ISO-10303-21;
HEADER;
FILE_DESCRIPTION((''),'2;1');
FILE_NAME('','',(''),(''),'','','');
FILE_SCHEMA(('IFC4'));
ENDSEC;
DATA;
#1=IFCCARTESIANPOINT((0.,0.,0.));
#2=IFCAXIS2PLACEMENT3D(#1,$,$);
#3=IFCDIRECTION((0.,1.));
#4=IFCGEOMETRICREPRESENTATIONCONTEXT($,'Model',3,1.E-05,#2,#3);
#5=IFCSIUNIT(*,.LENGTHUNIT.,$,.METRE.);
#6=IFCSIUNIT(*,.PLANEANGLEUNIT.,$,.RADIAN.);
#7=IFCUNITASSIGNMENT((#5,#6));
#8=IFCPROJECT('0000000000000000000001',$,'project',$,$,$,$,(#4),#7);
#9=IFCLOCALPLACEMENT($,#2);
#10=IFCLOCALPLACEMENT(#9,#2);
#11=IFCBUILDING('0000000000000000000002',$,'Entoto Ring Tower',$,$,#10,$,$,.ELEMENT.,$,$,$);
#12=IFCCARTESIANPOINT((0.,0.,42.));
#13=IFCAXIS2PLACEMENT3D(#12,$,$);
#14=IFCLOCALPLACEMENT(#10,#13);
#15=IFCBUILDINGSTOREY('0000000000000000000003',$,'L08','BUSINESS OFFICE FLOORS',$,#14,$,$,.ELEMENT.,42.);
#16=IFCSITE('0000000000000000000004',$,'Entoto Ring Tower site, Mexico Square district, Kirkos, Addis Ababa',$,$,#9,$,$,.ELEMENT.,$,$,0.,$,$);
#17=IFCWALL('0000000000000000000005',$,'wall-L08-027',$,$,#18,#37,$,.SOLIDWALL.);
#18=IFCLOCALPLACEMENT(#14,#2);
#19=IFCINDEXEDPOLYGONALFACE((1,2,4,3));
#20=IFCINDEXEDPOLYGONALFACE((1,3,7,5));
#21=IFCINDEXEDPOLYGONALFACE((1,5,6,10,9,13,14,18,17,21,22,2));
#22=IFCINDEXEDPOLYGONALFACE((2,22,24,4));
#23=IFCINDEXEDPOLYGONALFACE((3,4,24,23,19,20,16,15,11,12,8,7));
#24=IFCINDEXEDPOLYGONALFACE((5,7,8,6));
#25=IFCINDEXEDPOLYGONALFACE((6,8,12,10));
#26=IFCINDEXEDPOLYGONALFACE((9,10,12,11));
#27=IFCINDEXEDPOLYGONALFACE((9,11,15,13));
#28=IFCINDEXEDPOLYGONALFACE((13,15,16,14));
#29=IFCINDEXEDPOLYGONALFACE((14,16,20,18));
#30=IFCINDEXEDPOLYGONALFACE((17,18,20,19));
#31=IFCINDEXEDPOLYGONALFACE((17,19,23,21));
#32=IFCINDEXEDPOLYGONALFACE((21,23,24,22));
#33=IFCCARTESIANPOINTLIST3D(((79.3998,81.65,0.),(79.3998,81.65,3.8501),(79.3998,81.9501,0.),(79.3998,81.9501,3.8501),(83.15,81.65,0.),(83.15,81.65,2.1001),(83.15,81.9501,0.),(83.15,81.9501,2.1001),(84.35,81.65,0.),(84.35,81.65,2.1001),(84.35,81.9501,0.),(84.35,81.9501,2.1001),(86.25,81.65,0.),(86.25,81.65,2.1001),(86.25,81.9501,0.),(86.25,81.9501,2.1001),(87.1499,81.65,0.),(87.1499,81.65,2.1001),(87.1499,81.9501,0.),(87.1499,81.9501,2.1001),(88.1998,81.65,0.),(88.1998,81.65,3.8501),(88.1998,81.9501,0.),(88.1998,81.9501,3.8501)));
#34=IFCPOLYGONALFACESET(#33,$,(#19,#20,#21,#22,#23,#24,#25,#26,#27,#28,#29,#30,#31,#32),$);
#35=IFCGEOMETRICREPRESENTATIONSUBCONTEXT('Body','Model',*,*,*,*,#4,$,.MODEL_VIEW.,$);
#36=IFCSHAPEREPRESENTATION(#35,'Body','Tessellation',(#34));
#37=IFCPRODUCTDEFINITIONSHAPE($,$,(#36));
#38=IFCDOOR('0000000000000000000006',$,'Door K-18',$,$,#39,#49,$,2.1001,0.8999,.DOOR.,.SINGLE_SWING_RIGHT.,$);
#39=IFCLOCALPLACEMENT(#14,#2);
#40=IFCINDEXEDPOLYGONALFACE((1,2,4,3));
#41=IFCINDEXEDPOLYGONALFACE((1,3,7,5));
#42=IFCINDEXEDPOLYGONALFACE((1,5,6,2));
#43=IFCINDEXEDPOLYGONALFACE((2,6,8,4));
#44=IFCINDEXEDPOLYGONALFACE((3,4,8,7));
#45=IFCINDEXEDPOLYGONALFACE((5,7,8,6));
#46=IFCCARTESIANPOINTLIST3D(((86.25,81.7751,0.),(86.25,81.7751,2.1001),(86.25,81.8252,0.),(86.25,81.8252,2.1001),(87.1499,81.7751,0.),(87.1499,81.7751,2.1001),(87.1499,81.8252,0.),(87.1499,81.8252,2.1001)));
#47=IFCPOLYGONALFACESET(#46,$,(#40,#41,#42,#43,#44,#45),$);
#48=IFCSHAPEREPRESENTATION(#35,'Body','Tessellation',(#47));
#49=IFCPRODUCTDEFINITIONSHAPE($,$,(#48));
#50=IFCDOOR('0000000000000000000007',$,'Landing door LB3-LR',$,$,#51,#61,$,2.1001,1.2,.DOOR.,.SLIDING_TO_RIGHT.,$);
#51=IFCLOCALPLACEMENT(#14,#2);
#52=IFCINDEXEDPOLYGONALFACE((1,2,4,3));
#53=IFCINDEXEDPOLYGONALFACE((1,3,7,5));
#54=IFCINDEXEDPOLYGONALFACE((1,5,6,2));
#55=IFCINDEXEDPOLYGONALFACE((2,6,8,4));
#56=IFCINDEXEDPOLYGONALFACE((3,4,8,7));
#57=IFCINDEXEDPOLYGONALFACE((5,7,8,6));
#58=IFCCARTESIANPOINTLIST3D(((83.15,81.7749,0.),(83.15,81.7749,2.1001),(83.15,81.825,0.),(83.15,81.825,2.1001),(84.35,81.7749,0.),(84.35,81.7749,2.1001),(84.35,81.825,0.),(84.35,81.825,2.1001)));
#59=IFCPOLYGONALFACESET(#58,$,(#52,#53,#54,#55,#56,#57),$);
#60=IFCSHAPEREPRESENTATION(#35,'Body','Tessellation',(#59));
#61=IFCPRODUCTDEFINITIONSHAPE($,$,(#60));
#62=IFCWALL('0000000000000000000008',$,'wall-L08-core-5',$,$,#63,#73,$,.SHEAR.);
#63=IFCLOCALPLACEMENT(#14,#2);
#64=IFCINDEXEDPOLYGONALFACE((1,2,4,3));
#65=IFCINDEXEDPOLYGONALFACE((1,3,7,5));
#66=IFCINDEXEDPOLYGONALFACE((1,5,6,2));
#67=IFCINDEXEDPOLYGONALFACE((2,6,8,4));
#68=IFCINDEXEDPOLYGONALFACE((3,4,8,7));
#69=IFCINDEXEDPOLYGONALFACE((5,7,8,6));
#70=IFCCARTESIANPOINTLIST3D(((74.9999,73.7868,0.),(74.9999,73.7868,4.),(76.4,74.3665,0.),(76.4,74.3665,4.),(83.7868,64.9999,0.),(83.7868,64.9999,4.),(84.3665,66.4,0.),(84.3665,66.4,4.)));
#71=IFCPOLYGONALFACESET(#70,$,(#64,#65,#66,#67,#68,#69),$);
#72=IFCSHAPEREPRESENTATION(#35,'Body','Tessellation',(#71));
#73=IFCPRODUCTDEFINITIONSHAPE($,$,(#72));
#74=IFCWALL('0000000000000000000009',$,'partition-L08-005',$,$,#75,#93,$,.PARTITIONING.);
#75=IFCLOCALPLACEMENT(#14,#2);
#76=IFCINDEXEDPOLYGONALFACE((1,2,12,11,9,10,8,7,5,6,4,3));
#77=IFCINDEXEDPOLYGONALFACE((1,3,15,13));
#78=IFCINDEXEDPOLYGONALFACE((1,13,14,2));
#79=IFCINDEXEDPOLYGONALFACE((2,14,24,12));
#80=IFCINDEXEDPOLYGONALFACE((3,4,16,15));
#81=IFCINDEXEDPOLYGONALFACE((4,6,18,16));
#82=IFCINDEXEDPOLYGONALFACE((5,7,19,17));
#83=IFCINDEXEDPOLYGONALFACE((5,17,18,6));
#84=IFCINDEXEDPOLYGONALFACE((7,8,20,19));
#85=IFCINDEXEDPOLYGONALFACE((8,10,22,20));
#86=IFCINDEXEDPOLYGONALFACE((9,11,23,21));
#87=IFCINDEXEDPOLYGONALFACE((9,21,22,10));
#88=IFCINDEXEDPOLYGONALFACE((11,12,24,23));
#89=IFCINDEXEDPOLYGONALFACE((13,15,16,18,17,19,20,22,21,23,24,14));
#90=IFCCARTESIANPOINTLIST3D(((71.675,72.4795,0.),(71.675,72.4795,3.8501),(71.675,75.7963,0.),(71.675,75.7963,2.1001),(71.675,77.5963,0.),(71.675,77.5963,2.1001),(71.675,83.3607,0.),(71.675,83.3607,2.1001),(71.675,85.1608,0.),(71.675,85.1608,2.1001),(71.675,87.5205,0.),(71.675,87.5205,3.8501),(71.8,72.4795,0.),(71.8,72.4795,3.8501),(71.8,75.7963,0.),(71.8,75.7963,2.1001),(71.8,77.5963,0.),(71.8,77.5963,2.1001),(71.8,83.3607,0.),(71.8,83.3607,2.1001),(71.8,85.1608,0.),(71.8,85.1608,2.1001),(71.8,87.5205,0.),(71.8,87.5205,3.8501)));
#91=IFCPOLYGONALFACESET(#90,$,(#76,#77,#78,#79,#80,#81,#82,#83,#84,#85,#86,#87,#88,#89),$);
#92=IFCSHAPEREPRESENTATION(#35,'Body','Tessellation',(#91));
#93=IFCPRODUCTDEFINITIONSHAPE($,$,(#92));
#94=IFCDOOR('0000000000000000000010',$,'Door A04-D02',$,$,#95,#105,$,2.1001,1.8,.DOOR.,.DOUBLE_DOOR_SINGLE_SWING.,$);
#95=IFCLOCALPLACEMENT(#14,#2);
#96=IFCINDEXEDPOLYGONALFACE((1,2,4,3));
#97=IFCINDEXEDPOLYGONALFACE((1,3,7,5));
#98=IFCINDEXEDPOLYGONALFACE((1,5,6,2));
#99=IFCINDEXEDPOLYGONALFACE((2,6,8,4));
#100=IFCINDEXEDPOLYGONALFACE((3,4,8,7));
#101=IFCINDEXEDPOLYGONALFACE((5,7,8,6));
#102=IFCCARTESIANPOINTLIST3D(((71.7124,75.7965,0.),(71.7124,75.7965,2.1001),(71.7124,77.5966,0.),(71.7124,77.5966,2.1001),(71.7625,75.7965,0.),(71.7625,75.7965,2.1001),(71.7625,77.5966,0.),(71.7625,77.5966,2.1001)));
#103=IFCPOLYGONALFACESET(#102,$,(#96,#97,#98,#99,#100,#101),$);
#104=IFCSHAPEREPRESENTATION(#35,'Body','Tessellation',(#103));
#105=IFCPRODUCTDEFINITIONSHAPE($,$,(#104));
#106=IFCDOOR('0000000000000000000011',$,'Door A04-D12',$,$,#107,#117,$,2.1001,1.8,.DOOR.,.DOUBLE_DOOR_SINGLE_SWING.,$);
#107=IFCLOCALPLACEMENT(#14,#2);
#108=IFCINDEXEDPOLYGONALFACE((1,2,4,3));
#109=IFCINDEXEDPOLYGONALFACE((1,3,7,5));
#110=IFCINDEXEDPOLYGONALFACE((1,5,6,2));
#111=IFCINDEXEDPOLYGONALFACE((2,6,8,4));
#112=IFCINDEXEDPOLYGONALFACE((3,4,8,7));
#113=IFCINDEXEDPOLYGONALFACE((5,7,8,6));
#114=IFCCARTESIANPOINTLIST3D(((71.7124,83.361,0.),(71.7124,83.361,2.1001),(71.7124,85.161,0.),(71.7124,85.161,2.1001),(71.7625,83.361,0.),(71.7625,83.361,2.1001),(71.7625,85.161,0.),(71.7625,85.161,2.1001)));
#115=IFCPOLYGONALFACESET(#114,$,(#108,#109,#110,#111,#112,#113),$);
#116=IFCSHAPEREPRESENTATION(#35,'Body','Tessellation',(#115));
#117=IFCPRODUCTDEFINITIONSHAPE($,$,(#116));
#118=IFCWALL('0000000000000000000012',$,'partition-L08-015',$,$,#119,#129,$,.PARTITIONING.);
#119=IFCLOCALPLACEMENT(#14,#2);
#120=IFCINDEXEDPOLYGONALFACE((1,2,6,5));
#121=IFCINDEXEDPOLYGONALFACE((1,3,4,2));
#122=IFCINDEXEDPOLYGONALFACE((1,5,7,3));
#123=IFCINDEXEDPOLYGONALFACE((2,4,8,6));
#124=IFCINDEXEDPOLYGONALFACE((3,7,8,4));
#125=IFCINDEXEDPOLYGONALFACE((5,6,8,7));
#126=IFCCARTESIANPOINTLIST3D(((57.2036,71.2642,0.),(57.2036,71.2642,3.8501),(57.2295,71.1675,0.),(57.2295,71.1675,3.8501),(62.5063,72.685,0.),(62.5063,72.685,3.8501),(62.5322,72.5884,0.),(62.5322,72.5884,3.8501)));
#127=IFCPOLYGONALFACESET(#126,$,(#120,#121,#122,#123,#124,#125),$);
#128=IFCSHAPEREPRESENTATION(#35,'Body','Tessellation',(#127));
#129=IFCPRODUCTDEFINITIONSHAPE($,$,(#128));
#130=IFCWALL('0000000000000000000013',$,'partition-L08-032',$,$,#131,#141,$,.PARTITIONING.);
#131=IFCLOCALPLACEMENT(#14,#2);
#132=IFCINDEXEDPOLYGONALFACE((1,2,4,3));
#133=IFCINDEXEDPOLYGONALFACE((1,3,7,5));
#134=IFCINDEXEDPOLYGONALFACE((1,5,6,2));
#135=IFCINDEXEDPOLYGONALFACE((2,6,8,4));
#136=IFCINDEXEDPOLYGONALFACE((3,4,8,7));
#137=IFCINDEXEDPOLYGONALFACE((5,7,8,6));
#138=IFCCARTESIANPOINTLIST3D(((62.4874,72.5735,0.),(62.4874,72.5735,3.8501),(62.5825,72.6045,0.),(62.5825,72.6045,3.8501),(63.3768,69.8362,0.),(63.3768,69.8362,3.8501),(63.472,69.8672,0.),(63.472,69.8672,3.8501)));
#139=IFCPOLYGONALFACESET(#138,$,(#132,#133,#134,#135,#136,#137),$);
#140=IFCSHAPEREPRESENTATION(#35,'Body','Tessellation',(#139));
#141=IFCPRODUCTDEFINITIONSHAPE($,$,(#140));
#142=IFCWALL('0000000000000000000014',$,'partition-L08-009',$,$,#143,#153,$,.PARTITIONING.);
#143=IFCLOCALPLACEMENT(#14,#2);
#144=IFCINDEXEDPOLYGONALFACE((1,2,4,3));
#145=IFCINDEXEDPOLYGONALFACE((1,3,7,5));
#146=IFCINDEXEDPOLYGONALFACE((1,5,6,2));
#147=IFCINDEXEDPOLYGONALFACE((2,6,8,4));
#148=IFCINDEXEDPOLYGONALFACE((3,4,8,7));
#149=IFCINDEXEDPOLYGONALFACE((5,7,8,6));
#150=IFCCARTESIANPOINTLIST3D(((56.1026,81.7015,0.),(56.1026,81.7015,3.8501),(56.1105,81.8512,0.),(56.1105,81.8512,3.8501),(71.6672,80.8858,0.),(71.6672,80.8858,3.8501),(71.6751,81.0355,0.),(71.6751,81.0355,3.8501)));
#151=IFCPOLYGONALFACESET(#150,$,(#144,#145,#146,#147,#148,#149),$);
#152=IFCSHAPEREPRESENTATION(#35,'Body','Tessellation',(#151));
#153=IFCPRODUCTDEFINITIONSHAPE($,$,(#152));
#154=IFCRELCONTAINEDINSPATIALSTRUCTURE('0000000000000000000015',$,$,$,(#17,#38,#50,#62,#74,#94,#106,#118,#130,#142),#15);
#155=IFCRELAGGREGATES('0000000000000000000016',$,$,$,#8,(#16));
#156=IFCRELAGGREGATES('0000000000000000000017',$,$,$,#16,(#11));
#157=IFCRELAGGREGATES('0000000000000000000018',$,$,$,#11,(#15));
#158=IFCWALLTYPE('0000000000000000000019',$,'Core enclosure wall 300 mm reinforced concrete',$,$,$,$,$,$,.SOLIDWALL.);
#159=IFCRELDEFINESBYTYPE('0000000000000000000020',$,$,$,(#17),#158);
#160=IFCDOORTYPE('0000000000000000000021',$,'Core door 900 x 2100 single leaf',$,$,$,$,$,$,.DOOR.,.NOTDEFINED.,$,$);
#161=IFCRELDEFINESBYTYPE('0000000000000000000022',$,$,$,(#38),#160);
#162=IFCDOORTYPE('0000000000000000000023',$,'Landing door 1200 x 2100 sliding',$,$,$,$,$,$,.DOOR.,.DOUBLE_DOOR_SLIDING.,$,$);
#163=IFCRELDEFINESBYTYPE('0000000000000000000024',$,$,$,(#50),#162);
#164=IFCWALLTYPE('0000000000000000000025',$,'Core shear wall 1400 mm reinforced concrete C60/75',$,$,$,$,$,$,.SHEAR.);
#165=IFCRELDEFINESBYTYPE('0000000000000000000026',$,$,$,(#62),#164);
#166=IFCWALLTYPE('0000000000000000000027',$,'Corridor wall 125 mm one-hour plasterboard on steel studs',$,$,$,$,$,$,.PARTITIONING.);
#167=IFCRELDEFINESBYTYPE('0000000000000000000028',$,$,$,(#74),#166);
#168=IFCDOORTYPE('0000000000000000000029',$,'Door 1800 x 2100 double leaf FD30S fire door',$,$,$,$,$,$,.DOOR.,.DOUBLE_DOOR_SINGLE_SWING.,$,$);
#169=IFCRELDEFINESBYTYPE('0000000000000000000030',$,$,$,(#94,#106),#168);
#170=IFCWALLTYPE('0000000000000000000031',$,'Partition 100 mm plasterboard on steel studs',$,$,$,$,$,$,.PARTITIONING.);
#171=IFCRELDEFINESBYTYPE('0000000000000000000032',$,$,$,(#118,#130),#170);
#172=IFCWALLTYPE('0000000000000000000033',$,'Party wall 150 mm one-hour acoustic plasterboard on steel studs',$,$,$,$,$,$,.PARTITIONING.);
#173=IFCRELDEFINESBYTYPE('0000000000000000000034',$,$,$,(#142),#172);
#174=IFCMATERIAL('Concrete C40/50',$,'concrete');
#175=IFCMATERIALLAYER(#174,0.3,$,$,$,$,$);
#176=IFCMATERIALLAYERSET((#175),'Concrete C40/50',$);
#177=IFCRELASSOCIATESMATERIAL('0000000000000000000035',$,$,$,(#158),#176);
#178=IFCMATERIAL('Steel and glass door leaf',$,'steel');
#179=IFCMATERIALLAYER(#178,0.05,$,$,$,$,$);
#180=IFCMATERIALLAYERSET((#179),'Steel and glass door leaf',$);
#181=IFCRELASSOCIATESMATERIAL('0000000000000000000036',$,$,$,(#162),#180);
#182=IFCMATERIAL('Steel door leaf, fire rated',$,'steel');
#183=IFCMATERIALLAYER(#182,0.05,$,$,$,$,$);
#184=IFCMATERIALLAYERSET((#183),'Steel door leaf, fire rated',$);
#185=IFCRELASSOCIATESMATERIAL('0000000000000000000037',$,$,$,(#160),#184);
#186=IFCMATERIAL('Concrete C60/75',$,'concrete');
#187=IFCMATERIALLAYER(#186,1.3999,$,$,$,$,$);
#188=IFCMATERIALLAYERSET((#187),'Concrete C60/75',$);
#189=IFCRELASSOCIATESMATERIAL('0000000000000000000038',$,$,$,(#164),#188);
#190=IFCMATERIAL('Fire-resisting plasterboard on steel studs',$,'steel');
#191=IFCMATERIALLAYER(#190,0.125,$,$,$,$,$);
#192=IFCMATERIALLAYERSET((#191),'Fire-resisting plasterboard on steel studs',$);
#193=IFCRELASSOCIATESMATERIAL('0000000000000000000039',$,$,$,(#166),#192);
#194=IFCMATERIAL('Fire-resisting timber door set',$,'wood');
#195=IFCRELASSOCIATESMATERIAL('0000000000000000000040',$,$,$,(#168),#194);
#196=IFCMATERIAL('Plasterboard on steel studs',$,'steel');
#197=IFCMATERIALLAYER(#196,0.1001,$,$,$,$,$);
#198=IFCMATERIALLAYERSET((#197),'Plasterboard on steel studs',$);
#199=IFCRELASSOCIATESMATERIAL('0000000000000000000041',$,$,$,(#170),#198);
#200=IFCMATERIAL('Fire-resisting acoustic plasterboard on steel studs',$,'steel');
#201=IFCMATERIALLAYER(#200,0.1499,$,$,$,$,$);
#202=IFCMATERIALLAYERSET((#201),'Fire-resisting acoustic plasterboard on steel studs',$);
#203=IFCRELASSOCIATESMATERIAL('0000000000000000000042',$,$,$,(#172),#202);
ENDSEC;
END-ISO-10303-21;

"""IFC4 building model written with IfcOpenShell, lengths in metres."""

from ifc_helpers import new_model, si_unit, direction, frame, frame_2d, origin, place, context, subcontext, project, spatial, polyline, rectangle, outline, extrude, material, layer, layer_set, type_object, element, fill, save


model = new_model("IFC4")

# Units and contexts
model_context = context("Model", 3, precision=1e-05, world=origin(), true_north=direction((0.0, 1.0)))
body_context = subcontext(model_context, "Body", "Model", "MODEL_VIEW")
ifc_project = project(units=[si_unit("LENGTHUNIT", "METRE"), si_unit("PLANEANGLEUNIT", "RADIAN")], contexts=[model_context])

# Site, building, storey
site_placement = place(None, origin())
site = spatial("IfcSite", under=ifc_project, at=site_placement, Name="Entoto Ring Tower site, Mexico Square district, Kirkos, Addis Ababa", CompositionType="ELEMENT", RefElevation=0.0)
building_placement = place(site_placement, origin())
building = spatial("IfcBuilding", under=site, at=building_placement, Name="Entoto Ring Tower", CompositionType="ELEMENT")
storey_placement = place(building_placement, frame((0.0, 0.0, 42.0)))
storey = spatial("IfcBuildingStorey", under=building, at=storey_placement, Name="L08", Description="BUSINESS OFFICE FLOORS", CompositionType="ELEMENT", Elevation=42.0)

# Shared definitions
ifc_material_1 = material(Name="Concrete C40/50", Category="concrete")
ifc_layer_1 = layer(ifc_material_1, 0.3)
ifc_layer_set_1 = layer_set([ifc_layer_1], Name="Concrete C40/50")
wall_type_1 = type_object("IfcWallType", Name="Core enclosure wall 300 mm reinforced concrete", PredefinedType="SOLIDWALL", material=ifc_layer_set_1)

# Shared definitions
ifc_material_2 = material(Name="Steel and glass door leaf", Category="steel")
ifc_layer_2 = layer(ifc_material_2, 0.05)
ifc_layer_set_2 = layer_set([ifc_layer_2], Name="Steel and glass door leaf")
door_type_1 = type_object("IfcDoorType", Name="Landing door 1200 x 2100 sliding", OperationType="DOUBLE_DOOR_SLIDING", PredefinedType="DOOR", material=ifc_layer_set_2)

# Wall, openings, doors
wall_1_placement = place(storey_placement, frame((79.3999, 81.8, 0.0), z_axis=(0.0, 0.0, 1.0), x_axis=(1.0, 0.0, 0.0)))
wall_1 = element("IfcWall", 1, at=wall_1_placement, inside=storey, type_object=wall_type_1, Name="wall-L08-027", PredefinedType="SOLIDWALL", context=body_context, shape_type="SweptSolid", body=[
    extrude(rectangle(XDim=8.8, YDim=0.3, at=frame_2d((4.3999, 0.0))), origin(), (0.0, 0.0, 1.0), 3.8501),
])
opening_1_placement = place(wall_1_placement, frame((3.75, 0.0, 0.0)))
opening_1 = element("IfcOpeningElement", 2, at=opening_1_placement, cuts=wall_1, PredefinedType="OPENING", context=body_context, shape_type="SweptSolid", body=[
    extrude(rectangle(XDim=1.2, YDim=2.1001, at=frame_2d((0.6001, 1.05))), frame((0.0, 0.1602, 0.0), z_axis=(0.0, -1.0, 0.0), x_axis=(1.0, 0.0, 0.0)), (0.0, 0.0, 1.0), 0.3201),
])
opening_2_placement = place(wall_1_placement, frame((6.8501, 0.0, 0.0)))
opening_2 = element("IfcOpeningElement", 3, at=opening_2_placement, cuts=wall_1, PredefinedType="OPENING", context=body_context, shape_type="SweptSolid", body=[
    extrude(rectangle(XDim=0.8999, YDim=2.1001, at=frame_2d((0.45, 1.05))), frame((0.0, 0.1602, 0.0), z_axis=(0.0, -1.0, 0.0), x_axis=(1.0, 0.0, 0.0)), (0.0, 0.0, 1.0), 0.3201),
])
ifc_material_3 = material(Name="Steel door leaf, fire rated", Category="steel")
ifc_layer_3 = layer(ifc_material_3, 0.05)
ifc_layer_set_3 = layer_set([ifc_layer_3], Name="Steel door leaf, fire rated")
door_type_2 = type_object("IfcDoorType", Name="Core door 900 x 2100 single leaf", OperationType="NOTDEFINED", PredefinedType="DOOR", material=ifc_layer_set_3)
door_1_placement = place(opening_2_placement, frame((0.8999, 0.0, 0.0), z_axis=(0.0, 0.0, 1.0), x_axis=(-1.0, 0.0, 0.0)))
door_1 = element("IfcDoor", 4, at=door_1_placement, inside=storey, type_object=door_type_2, Name="Door K-18", OperationType="SINGLE_SWING_RIGHT", OverallHeight=2.1001, OverallWidth=0.8999, PredefinedType="DOOR", context=body_context, shape_type="SweptSolid", body=[
    extrude(rectangle(XDim=0.8999, YDim=2.1001, at=frame_2d((0.45, 1.05))), frame((0.0, 0.0249, 0.0), z_axis=(0.0, -1.0, 0.0), x_axis=(1.0, 0.0, 0.0)), (0.0, 0.0, 1.0), 0.05),
])
fill(opening_2, door_1)
door_2_placement = place(opening_1_placement, origin())
door_2 = element("IfcDoor", 5, at=door_2_placement, inside=storey, type_object=door_type_1, Name="Landing door LB3-LR", OperationType="SLIDING_TO_RIGHT", OverallHeight=2.1001, OverallWidth=1.2, PredefinedType="DOOR", context=body_context, shape_type="SweptSolid", body=[
    extrude(rectangle(XDim=1.2, YDim=2.1001, at=frame_2d((0.6001, 1.05))), frame((0.0, 0.0249, 0.0), z_axis=(0.0, -1.0, 0.0), x_axis=(1.0, 0.0, 0.0)), (0.0, 0.0, 1.0), 0.05),
])
fill(opening_1, door_2)

# Wall
ifc_material_4 = material(Name="Concrete C60/75", Category="concrete")
ifc_layer_4 = layer(ifc_material_4, 1.3999)
ifc_layer_set_4 = layer_set([ifc_layer_4], Name="Concrete C60/75")
wall_type_2 = type_object("IfcWallType", Name="Core shear wall 1400 mm reinforced concrete C60/75", PredefinedType="SHEAR", material=ifc_layer_set_4)
wall_2_placement = place(storey_placement, frame((75.7, 74.0767, 0.0), z_axis=(0.0, 0.0, 1.0), x_axis=(0.707107, -0.707107, 0.0)))
element("IfcWall", 6, at=wall_2_placement, inside=storey, type_object=wall_type_2, Name="wall-L08-core-5", PredefinedType="SHEAR", context=body_context, shape_type="SweptSolid", body=[
    extrude(outline(polyline([(-0.29, -0.7), (12.1365, -0.7), (11.5564, 0.7), (0.29, 0.7), (-0.29, -0.7)])), origin(), (0.0, 0.0, 1.0), 4.0),
])

# Wall, openings, doors
ifc_material_5 = material(Name="Fire-resisting plasterboard on steel studs", Category="steel")
ifc_layer_5 = layer(ifc_material_5, 0.125)
ifc_layer_set_5 = layer_set([ifc_layer_5], Name="Fire-resisting plasterboard on steel studs")
wall_type_3 = type_object("IfcWallType", Name="Corridor wall 125 mm one-hour plasterboard on steel studs", PredefinedType="PARTITIONING", material=ifc_layer_set_5)
wall_3_placement = place(storey_placement, frame((71.7375, 72.4795, 0.0), z_axis=(0.0, 0.0, 1.0), x_axis=(0.0, 1.0, 0.0)))
wall_3 = element("IfcWall", 7, at=wall_3_placement, inside=storey, type_object=wall_type_3, Name="partition-L08-005", PredefinedType="PARTITIONING", context=body_context, shape_type="SweptSolid", body=[
    extrude(rectangle(XDim=15.041, YDim=0.125, at=frame_2d((7.5205, 0.0))), origin(), (0.0, 0.0, 1.0), 3.8501),
])
opening_3_placement = place(wall_3_placement, frame((3.3169, 0.0, 0.0)))
opening_3 = element("IfcOpeningElement", 8, at=opening_3_placement, cuts=wall_3, PredefinedType="OPENING", context=body_context, shape_type="SweptSolid", body=[
    extrude(rectangle(XDim=1.8, YDim=2.1001, at=frame_2d((0.8999, 1.05))), frame((0.0, 0.0725, 0.0), z_axis=(0.0, -1.0, 0.0), x_axis=(1.0, 0.0, 0.0)), (0.0, 0.0, 1.0), 0.145),
])
opening_4_placement = place(wall_3_placement, frame((10.8813, 0.0, 0.0)))
opening_4 = element("IfcOpeningElement", 9, at=opening_4_placement, cuts=wall_3, PredefinedType="OPENING", context=body_context, shape_type="SweptSolid", body=[
    extrude(rectangle(XDim=1.8, YDim=2.1001, at=frame_2d((0.8999, 1.05))), frame((0.0, 0.0725, 0.0), z_axis=(0.0, -1.0, 0.0), x_axis=(1.0, 0.0, 0.0)), (0.0, 0.0, 1.0), 0.145),
])
ifc_material_6 = material(Name="Fire-resisting timber door set", Category="wood")
door_type_3 = type_object("IfcDoorType", Name="Door 1800 x 2100 double leaf FD30S fire door", OperationType="DOUBLE_DOOR_SINGLE_SWING", PredefinedType="DOOR", material=ifc_material_6)
door_3_placement = place(opening_3_placement, frame((1.8, 0.0, 0.0), z_axis=(0.0, 0.0, 1.0), x_axis=(-1.0, 0.0, 0.0)))
door_3 = element("IfcDoor", 10, at=door_3_placement, inside=storey, type_object=door_type_3, Name="Door A04-D02", OperationType="DOUBLE_DOOR_SINGLE_SWING", OverallHeight=2.1001, OverallWidth=1.8, PredefinedType="DOOR", context=body_context, shape_type="SweptSolid", body=[
    extrude(rectangle(XDim=1.8, YDim=2.1001, at=frame_2d((0.8999, 1.05))), frame((0.0, 0.0249, 0.0), z_axis=(0.0, -1.0, 0.0), x_axis=(1.0, 0.0, 0.0)), (0.0, 0.0, 1.0), 0.05),
])
fill(opening_3, door_3)
door_4_placement = place(opening_4_placement, frame((1.8, 0.0, 0.0), z_axis=(0.0, 0.0, 1.0), x_axis=(-1.0, 0.0, 0.0)))
door_4 = element("IfcDoor", 11, at=door_4_placement, inside=storey, type_object=door_type_3, Name="Door A04-D12", OperationType="DOUBLE_DOOR_SINGLE_SWING", OverallHeight=2.1001, OverallWidth=1.8, PredefinedType="DOOR", context=body_context, shape_type="SweptSolid", body=[
    extrude(rectangle(XDim=1.8, YDim=2.1001, at=frame_2d((0.8999, 1.05))), frame((0.0, 0.0249, 0.0), z_axis=(0.0, -1.0, 0.0), x_axis=(1.0, 0.0, 0.0)), (0.0, 0.0, 1.0), 0.05),
])
fill(opening_4, door_4)

# Walls
ifc_material_7 = material(Name="Plasterboard on steel studs", Category="steel")
ifc_layer_6 = layer(ifc_material_7, 0.1001)
ifc_layer_set_6 = layer_set([ifc_layer_6], Name="Plasterboard on steel studs")
wall_type_4 = type_object("IfcWallType", Name="Partition 100 mm plasterboard on steel studs", PredefinedType="PARTITIONING", material=ifc_layer_set_6)
wall_4_placement = place(storey_placement, frame((57.2166, 71.2158, 0.0), z_axis=(0.0, 0.0, 1.0), x_axis=(0.965924, 0.258825, 0.0)))
element("IfcWall", 12, at=wall_4_placement, inside=storey, type_object=wall_type_4, Name="partition-L08-015", PredefinedType="PARTITIONING", context=body_context, shape_type="SweptSolid", body=[
    extrude(rectangle(XDim=5.4897, YDim=0.1001, at=frame_2d((2.7449, 0.0))), origin(), (0.0, 0.0, 1.0), 3.8501),
])
wall_5_placement = place(storey_placement, frame((63.4243, 69.8518, 0.0), z_axis=(0.0, 0.0, 1.0), x_axis=(-0.309017, 0.951057, 0.0)))
element("IfcWall", 13, at=wall_5_placement, inside=storey, type_object=wall_type_4, Name="partition-L08-032", PredefinedType="PARTITIONING", context=body_context, shape_type="SweptSolid", body=[
    extrude(rectangle(XDim=2.8782, YDim=0.1001, at=frame_2d((1.439, 0.0))), origin(), (0.0, 0.0, 1.0), 3.8501),
])
ifc_material_8 = material(Name="Fire-resisting acoustic plasterboard on steel studs", Category="steel")
ifc_layer_7 = layer(ifc_material_8, 0.1499)
ifc_layer_set_7 = layer_set([ifc_layer_7], Name="Fire-resisting acoustic plasterboard on steel studs")
wall_type_5 = type_object("IfcWallType", Name="Party wall 150 mm one-hour acoustic plasterboard on steel studs", PredefinedType="PARTITIONING", material=ifc_layer_set_7)
wall_6_placement = place(storey_placement, frame((71.6711, 80.9607, 0.0), z_axis=(0.0, 0.0, 1.0), x_axis=(-0.99863, 0.052334, 0.0)))
element("IfcWall", 14, at=wall_6_placement, inside=storey, type_object=wall_type_5, Name="partition-L08-009", PredefinedType="PARTITIONING", context=body_context, shape_type="SweptSolid", body=[
    extrude(rectangle(XDim=15.5859, YDim=0.1499, at=frame_2d((7.793, 0.0))), origin(), (0.0, 0.0, 1.0), 3.8501),
])

save(model, "model.ifc")
